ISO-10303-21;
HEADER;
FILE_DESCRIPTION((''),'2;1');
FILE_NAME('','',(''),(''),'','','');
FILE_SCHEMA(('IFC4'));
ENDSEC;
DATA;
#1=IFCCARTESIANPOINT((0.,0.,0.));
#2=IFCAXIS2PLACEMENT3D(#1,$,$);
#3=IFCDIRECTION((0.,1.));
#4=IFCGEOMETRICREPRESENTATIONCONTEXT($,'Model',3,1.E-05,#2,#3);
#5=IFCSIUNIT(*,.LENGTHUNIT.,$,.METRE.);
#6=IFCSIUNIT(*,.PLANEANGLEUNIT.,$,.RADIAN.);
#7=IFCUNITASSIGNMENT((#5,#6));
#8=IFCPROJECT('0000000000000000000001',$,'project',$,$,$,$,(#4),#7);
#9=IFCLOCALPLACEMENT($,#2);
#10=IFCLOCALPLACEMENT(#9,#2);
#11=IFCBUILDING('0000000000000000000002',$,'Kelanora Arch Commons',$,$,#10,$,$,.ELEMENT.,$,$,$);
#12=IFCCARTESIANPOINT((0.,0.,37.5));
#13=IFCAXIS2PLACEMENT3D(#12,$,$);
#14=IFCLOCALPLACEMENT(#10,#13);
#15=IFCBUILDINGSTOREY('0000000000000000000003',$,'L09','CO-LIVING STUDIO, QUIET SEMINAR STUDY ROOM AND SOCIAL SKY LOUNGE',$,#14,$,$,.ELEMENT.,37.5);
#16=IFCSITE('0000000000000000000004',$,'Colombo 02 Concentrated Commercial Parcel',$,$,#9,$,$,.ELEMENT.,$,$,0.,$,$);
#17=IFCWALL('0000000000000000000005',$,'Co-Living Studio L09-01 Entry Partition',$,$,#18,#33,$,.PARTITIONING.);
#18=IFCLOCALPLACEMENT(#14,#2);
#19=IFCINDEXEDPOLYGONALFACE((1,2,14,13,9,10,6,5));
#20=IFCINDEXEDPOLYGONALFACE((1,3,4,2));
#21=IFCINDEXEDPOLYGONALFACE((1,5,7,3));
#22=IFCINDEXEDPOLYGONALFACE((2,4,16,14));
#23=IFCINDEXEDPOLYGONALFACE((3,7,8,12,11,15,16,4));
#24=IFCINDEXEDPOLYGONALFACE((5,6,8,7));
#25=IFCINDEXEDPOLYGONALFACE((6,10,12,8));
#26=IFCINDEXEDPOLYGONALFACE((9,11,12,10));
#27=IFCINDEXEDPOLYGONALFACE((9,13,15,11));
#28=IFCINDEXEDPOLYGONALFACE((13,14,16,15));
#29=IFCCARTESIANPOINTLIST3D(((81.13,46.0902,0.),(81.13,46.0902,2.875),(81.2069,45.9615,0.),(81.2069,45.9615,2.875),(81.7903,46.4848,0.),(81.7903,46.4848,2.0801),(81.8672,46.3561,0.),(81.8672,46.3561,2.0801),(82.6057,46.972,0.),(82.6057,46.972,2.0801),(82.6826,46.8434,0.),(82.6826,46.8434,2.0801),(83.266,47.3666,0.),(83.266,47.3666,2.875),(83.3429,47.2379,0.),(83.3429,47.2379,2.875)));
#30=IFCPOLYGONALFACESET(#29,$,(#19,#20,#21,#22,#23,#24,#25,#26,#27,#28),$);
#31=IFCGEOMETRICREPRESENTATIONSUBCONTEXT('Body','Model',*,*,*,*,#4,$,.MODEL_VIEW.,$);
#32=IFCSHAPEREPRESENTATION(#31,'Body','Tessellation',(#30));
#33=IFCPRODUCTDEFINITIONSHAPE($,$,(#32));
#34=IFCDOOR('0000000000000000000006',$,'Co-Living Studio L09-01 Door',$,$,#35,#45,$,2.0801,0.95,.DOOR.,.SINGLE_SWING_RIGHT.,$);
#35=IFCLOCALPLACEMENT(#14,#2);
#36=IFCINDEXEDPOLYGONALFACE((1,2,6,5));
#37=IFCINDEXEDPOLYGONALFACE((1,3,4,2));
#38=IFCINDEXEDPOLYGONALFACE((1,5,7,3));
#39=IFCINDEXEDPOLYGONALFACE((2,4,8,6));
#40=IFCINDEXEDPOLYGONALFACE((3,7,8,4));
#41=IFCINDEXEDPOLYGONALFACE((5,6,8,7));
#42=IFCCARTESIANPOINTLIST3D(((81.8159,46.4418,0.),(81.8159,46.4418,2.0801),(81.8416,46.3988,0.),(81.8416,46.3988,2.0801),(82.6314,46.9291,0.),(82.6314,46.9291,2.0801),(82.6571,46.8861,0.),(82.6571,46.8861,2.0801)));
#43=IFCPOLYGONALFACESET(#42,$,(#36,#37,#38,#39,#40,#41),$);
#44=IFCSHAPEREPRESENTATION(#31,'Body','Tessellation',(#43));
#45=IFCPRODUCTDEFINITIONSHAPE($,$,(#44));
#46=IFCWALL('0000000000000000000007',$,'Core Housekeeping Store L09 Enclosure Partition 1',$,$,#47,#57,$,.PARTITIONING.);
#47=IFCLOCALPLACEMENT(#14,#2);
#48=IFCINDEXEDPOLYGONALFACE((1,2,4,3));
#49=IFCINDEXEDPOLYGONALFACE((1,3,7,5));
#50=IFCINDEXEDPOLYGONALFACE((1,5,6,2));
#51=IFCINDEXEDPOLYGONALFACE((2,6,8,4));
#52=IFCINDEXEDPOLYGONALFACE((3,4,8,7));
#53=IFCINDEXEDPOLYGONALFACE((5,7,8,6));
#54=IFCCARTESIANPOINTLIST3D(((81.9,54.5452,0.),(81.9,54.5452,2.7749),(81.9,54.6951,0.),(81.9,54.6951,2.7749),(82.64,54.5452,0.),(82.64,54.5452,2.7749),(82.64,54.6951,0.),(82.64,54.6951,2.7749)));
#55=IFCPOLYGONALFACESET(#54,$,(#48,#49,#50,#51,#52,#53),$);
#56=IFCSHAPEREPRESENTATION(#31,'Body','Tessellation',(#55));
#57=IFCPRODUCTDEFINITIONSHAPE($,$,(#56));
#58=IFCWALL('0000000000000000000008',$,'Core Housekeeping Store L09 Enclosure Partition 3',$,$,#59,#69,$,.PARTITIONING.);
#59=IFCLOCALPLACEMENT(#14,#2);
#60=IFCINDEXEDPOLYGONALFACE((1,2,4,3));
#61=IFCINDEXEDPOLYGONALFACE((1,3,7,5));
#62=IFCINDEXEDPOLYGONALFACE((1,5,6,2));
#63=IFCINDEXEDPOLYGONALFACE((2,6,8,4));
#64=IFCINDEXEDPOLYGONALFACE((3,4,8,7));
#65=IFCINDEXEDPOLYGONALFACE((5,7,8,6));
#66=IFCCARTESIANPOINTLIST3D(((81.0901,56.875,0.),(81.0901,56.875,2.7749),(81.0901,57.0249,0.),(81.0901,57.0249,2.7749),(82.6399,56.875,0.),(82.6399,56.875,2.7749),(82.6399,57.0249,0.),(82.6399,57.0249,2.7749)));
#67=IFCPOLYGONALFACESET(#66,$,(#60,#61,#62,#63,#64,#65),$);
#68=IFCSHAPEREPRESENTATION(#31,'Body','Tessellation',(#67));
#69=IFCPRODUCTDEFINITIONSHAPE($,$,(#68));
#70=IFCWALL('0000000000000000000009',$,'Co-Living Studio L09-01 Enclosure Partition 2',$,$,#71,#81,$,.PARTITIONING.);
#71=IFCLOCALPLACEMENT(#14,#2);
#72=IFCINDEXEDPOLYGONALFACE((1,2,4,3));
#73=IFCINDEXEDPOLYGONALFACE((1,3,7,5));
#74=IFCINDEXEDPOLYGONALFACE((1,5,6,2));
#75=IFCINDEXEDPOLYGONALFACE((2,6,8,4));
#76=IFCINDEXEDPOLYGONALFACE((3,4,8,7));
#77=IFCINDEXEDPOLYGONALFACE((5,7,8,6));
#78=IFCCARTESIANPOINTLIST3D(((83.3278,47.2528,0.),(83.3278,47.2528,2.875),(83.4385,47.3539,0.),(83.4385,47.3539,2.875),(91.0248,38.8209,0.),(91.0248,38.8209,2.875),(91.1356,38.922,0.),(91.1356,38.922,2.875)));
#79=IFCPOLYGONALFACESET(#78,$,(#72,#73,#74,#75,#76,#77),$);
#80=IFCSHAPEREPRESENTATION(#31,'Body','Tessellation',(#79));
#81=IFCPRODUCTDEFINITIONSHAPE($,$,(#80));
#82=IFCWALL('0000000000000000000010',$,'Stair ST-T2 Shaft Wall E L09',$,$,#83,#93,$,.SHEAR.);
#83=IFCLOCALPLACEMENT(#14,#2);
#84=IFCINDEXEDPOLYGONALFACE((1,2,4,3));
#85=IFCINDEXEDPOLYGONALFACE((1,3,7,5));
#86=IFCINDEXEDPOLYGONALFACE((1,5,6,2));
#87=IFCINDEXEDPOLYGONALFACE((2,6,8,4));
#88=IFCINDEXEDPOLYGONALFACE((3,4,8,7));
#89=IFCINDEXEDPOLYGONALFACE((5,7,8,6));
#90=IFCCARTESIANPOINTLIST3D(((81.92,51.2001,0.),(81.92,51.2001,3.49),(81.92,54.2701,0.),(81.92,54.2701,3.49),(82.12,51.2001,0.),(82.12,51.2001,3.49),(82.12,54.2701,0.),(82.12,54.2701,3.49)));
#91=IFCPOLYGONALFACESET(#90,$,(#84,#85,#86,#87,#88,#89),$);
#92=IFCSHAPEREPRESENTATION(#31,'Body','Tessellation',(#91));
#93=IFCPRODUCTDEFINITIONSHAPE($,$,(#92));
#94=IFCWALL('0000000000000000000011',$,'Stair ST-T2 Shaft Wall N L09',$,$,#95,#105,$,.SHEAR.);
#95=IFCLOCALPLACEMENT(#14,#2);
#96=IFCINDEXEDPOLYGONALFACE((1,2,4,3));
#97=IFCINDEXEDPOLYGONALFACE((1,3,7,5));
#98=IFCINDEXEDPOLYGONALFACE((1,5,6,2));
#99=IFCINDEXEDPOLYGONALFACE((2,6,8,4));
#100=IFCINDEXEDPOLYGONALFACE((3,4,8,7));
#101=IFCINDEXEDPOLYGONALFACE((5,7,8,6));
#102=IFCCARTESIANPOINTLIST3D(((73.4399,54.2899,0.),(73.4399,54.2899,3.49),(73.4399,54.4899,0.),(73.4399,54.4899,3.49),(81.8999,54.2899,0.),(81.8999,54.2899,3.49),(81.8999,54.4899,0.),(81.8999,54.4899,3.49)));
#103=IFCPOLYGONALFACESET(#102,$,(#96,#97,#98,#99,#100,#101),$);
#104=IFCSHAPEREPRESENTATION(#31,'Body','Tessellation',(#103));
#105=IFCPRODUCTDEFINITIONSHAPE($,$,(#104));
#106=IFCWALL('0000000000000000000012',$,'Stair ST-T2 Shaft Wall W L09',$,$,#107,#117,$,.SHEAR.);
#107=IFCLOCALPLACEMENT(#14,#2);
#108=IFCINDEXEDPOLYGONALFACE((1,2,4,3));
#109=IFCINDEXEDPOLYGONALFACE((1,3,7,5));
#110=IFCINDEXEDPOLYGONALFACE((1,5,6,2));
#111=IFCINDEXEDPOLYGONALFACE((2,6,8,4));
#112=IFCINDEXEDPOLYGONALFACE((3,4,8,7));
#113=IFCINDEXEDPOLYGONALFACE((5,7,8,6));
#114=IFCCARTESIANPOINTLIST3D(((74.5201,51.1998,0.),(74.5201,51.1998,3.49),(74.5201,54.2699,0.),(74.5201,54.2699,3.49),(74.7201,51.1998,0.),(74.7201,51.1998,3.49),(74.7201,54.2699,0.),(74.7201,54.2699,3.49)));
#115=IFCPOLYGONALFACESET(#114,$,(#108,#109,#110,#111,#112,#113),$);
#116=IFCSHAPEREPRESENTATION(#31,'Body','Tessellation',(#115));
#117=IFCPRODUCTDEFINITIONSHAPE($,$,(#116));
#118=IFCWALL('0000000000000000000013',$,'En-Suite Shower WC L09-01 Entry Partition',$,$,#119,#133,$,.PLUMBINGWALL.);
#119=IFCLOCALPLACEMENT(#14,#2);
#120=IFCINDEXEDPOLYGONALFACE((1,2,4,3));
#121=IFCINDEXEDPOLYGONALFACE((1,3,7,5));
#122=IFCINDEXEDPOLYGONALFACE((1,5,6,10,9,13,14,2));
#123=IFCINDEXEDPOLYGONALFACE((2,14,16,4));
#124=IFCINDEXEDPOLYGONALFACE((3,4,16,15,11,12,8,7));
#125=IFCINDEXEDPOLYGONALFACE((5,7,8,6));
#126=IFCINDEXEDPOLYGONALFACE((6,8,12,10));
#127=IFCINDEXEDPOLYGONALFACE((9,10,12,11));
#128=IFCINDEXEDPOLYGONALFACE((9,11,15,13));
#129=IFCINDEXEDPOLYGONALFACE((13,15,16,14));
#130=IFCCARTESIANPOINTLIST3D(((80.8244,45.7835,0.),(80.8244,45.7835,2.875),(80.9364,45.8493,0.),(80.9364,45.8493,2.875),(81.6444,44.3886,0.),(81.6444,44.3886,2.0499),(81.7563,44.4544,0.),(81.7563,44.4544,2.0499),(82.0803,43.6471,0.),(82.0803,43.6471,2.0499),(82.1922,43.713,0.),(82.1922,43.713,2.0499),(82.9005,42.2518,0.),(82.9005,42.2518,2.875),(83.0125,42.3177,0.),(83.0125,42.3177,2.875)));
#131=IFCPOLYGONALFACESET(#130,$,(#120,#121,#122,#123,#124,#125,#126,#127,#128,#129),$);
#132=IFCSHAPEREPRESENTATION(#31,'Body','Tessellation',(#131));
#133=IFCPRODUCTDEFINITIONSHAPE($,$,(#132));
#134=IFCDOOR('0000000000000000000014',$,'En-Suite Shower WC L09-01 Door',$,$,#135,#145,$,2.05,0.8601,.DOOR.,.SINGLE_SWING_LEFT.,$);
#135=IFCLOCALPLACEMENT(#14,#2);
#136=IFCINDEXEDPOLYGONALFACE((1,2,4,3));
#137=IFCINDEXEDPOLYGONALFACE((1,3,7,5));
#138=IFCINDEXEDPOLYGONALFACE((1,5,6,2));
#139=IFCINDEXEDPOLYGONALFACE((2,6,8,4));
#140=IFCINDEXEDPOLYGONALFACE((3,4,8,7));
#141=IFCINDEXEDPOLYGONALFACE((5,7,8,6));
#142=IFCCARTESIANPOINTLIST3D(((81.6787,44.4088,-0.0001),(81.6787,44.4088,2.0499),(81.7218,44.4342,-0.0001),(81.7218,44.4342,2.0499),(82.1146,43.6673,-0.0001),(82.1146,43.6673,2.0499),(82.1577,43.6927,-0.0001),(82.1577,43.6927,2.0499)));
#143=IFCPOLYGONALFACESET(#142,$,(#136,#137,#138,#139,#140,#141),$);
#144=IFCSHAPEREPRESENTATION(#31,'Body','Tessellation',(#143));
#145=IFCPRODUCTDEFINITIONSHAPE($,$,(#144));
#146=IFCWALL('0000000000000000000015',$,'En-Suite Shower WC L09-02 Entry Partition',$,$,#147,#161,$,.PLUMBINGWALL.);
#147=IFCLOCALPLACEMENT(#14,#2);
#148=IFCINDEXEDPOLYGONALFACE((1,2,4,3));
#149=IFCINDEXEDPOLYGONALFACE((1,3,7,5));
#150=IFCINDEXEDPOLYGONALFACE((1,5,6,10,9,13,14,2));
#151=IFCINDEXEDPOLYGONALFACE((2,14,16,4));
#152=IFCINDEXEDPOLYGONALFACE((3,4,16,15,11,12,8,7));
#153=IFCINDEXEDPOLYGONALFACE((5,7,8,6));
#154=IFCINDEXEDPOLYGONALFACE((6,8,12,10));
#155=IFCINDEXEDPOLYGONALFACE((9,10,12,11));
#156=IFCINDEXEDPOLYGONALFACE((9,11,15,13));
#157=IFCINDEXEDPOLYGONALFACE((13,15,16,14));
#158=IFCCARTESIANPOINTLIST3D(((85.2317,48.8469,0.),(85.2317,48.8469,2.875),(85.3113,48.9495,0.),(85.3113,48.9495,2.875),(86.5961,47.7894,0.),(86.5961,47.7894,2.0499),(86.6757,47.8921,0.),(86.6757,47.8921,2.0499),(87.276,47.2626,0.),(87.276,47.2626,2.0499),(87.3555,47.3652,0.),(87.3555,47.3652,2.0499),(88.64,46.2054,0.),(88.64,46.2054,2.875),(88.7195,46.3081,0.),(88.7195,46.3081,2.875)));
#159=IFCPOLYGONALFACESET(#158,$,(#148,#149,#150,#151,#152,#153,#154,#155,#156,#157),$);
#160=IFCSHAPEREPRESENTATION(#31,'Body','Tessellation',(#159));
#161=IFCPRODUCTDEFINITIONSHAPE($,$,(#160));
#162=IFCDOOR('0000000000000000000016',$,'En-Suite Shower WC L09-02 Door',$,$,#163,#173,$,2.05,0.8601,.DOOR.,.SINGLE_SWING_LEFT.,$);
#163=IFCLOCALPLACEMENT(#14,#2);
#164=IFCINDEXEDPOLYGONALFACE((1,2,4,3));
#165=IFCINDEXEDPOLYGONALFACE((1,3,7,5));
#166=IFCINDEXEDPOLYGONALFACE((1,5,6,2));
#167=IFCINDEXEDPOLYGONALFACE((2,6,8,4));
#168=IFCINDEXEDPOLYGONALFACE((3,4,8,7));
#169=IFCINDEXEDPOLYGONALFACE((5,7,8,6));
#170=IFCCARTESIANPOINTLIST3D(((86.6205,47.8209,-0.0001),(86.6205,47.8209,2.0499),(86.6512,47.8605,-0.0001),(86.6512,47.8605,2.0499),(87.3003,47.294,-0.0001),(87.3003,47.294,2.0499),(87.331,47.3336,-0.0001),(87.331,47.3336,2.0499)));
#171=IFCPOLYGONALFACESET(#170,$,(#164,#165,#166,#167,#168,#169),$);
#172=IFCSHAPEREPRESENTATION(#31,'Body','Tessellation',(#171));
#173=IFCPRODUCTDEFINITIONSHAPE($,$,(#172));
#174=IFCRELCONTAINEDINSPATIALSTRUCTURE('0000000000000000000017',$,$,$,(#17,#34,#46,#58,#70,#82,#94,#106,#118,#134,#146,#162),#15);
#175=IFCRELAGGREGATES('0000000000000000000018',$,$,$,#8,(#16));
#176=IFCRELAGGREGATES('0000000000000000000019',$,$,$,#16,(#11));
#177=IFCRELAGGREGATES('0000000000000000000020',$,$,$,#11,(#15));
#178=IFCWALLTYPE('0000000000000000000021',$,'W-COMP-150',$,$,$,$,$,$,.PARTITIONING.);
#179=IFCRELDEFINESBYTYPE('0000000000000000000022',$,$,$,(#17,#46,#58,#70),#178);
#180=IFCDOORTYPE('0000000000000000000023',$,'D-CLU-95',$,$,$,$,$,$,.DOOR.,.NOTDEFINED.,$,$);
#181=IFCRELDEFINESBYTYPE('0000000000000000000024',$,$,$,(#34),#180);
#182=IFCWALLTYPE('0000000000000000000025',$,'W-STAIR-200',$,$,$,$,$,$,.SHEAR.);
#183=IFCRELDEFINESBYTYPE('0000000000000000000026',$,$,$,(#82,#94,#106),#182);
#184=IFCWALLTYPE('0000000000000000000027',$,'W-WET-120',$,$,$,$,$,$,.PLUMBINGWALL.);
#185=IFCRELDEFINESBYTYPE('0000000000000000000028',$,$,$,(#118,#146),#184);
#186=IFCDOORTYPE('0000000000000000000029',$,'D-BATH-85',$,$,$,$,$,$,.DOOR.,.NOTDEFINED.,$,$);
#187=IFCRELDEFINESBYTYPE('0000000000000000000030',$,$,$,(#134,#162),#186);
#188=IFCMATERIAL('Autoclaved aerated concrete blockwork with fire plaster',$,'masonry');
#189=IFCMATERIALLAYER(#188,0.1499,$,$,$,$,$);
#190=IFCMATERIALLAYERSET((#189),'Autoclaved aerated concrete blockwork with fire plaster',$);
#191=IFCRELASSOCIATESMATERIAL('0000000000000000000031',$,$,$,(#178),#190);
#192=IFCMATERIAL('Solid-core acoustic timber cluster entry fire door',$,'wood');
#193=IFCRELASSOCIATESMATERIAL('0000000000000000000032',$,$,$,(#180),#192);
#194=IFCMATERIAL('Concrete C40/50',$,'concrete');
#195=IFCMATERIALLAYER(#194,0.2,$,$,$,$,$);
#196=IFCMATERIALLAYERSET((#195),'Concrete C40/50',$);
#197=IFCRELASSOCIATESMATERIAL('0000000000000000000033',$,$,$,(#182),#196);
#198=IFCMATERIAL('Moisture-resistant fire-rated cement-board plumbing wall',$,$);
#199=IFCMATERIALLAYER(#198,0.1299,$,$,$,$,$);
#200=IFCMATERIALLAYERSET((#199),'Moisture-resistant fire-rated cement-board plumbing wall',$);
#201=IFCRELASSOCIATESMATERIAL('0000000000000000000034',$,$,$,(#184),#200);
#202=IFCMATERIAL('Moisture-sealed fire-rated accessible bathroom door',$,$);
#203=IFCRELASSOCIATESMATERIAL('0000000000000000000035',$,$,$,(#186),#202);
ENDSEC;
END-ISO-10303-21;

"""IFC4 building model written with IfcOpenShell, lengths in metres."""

from ifc_helpers import new_model, si_unit, direction, frame, frame_2d, origin, place, context, subcontext, project, spatial, rectangle, extrude, material, layer, layer_set, type_object, element, fill, save


model = new_model("IFC4")

# Units and contexts
model_context = context("Model", 3, precision=1e-05, world=origin(), true_north=direction((0.0, 1.0)))
body_context = subcontext(model_context, "Body", "Model", "MODEL_VIEW")
ifc_project = project(units=[si_unit("LENGTHUNIT", "METRE"), si_unit("PLANEANGLEUNIT", "RADIAN")], contexts=[model_context])

# Site, building, storey
site_placement = place(None, origin())
site = spatial("IfcSite", under=ifc_project, at=site_placement, Name="Colombo 02 Concentrated Commercial Parcel", CompositionType="ELEMENT", RefElevation=0.0)
building_placement = place(site_placement, origin())
building = spatial("IfcBuilding", under=site, at=building_placement, Name="Kelanora Arch Commons", CompositionType="ELEMENT")
storey_placement = place(building_placement, frame((0.0, 0.0, 37.5)))
storey = spatial("IfcBuildingStorey", under=building, at=storey_placement, Name="L09", Description="CO-LIVING STUDIO, QUIET SEMINAR STUDY ROOM AND SOCIAL SKY LOUNGE", CompositionType="ELEMENT", Elevation=37.5)

# Shared definitions
ifc_material_1 = material(Name="Autoclaved aerated concrete blockwork with fire plaster", Category="masonry")
ifc_layer_1 = layer(ifc_material_1, 0.1499)
ifc_layer_set_1 = layer_set([ifc_layer_1], Name="Autoclaved aerated concrete blockwork with fire plaster")
wall_type_1 = type_object("IfcWallType", Name="W-COMP-150", PredefinedType="PARTITIONING", material=ifc_layer_set_1)

# Wall, opening, door
wall_1_placement = place(storey_placement, frame((81.1685, 46.0259, 0.0), z_axis=(0.0, 0.0, 1.0), x_axis=(0.858418, 0.512951, 0.0)))
wall_1 = element("IfcWall", 1, at=wall_1_placement, inside=storey, type_object=wall_type_1, Name="Co-Living Studio L09-01 Entry Partition", PredefinedType="PARTITIONING", context=body_context, shape_type="SweptSolid", body=[
    extrude(rectangle(XDim=2.4883, YDim=0.1499, at=frame_2d((1.2441, 0.0))), origin(), (0.0, 0.0, 1.0), 2.875),
])
opening_1_placement = place(wall_1_placement, frame((0.769, 0.0, 0.0)))
opening_1 = element("IfcOpeningElement", 2, at=opening_1_placement, cuts=wall_1, PredefinedType="OPENING", context=body_context, shape_type="SweptSolid", body=[
    extrude(rectangle(XDim=0.95, YDim=2.0801, at=frame_2d((0.4751, 1.04))), frame((0.0, 0.085, 0.0), z_axis=(0.0, -1.0, 0.0), x_axis=(1.0, 0.0, 0.0)), (0.0, 0.0, 1.0), 0.1699),
])
ifc_material_2 = material(Name="Solid-core acoustic timber cluster entry fire door", Category="wood")
door_type_1 = type_object("IfcDoorType", Name="D-CLU-95", OperationType="NOTDEFINED", PredefinedType="DOOR", material=ifc_material_2)
door_1_placement = place(opening_1_placement, origin())
door_1 = element("IfcDoor", 3, at=door_1_placement, inside=storey, type_object=door_type_1, Name="Co-Living Studio L09-01 Door", OperationType="SINGLE_SWING_RIGHT", OverallHeight=2.0801, OverallWidth=0.95, PredefinedType="DOOR", context=body_context, shape_type="SweptSolid", body=[
    extrude(rectangle(XDim=0.95, YDim=2.0801, at=frame_2d((0.4751, 1.04))), frame((0.0, 0.0249, 0.0), z_axis=(0.0, -1.0, 0.0), x_axis=(1.0, 0.0, 0.0)), (0.0, 0.0, 1.0), 0.05),
])
fill(opening_1, door_1)

# Walls
wall_2_placement = place(storey_placement, frame((81.8999, 54.6201, 0.0), z_axis=(0.0, 0.0, 1.0), x_axis=(1.0, 0.0, 0.0)))
element("IfcWall", 4, at=wall_2_placement, inside=storey, type_object=wall_type_1, Name="Core Housekeeping Store L09 Enclosure Partition 1", PredefinedType="PARTITIONING", context=body_context, shape_type="SweptSolid", body=[
    extrude(rectangle(XDim=0.74, YDim=0.1499, at=frame_2d((0.3701, 0.0))), origin(), (0.0, 0.0, 1.0), 2.7749),
])
wall_3_placement = place(storey_placement, frame((82.6399, 56.95, 0.0), z_axis=(0.0, 0.0, 1.0), x_axis=(-1.0, 0.0, 0.0)))
element("IfcWall", 5, at=wall_3_placement, inside=storey, type_object=wall_type_1, Name="Core Housekeeping Store L09 Enclosure Partition 3", PredefinedType="PARTITIONING", context=body_context, shape_type="SweptSolid", body=[
    extrude(rectangle(XDim=1.5498, YDim=0.1499, at=frame_2d((0.7749, 0.0))), origin(), (0.0, 0.0, 1.0), 2.7749),
])
wall_4_placement = place(storey_placement, frame((83.3831, 47.3035, 0.0), z_axis=(0.0, 0.0, 1.0), x_axis=(0.67419, -0.738558, 0.0)))
element("IfcWall", 6, at=wall_4_placement, inside=storey, type_object=wall_type_1, Name="Co-Living Studio L09-01 Enclosure Partition 2", PredefinedType="PARTITIONING", context=body_context, shape_type="SweptSolid", body=[
    extrude(rectangle(XDim=11.4167, YDim=0.1499, at=frame_2d((5.7085, 0.0))), origin(), (0.0, 0.0, 1.0), 2.875),
])
ifc_material_3 = material(Name="Concrete C40/50", Category="concrete")
ifc_layer_2 = layer(ifc_material_3, 0.2)
ifc_layer_set_2 = layer_set([ifc_layer_2], Name="Concrete C40/50")
wall_type_2 = type_object("IfcWallType", Name="W-STAIR-200", PredefinedType="SHEAR", material=ifc_layer_set_2)
wall_5_placement = place(storey_placement, frame((82.02, 51.2, 0.0), z_axis=(0.0, 0.0, 1.0), x_axis=(0.0, 1.0, 0.0)))
element("IfcWall", 7, at=wall_5_placement, inside=storey, type_object=wall_type_2, Name="Stair ST-T2 Shaft Wall E L09", PredefinedType="SHEAR", context=body_context, shape_type="SweptSolid", body=[
    extrude(rectangle(XDim=3.0701, YDim=0.2, at=frame_2d((1.5352, 0.0))), origin(), (0.0, 0.0, 1.0), 3.49),
])
wall_6_placement = place(storey_placement, frame((81.8999, 54.3899, 0.0), z_axis=(0.0, 0.0, 1.0), x_axis=(-1.0, 0.0, 0.0)))
element("IfcWall", 8, at=wall_6_placement, inside=storey, type_object=wall_type_2, Name="Stair ST-T2 Shaft Wall N L09", PredefinedType="SHEAR", context=body_context, shape_type="SweptSolid", body=[
    extrude(rectangle(XDim=8.46, YDim=0.2, at=frame_2d((4.23, 0.0))), origin(), (0.0, 0.0, 1.0), 3.49),
])
wall_7_placement = place(storey_placement, frame((74.6201, 54.27, 0.0), z_axis=(0.0, 0.0, 1.0), x_axis=(0.0, -1.0, 0.0)))
element("IfcWall", 9, at=wall_7_placement, inside=storey, type_object=wall_type_2, Name="Stair ST-T2 Shaft Wall W L09", PredefinedType="SHEAR", context=body_context, shape_type="SweptSolid", body=[
    extrude(rectangle(XDim=3.0701, YDim=0.2, at=frame_2d((1.5352, 0.0))), origin(), (0.0, 0.0, 1.0), 3.49),
])

# Walls, openings, doors
ifc_material_4 = material(Name="Moisture-resistant fire-rated cement-board plumbing wall")
ifc_layer_3 = layer(ifc_material_4, 0.1299)
ifc_layer_set_3 = layer_set([ifc_layer_3], Name="Moisture-resistant fire-rated cement-board plumbing wall")
wall_type_3 = type_object("IfcWallType", Name="W-WET-120", PredefinedType="PLUMBINGWALL", material=ifc_layer_set_3)
wall_8_placement = place(storey_placement, frame((80.8804, 45.8164, 0.0), z_axis=(0.0, 0.0, 1.0), x_axis=(0.506781, -0.862075, 0.0)))
wall_8 = element("IfcWall", 10, at=wall_8_placement, inside=storey, type_object=wall_type_3, Name="En-Suite Shower WC L09-01 Entry Partition", PredefinedType="PLUMBINGWALL", context=body_context, shape_type="SweptSolid", body=[
    extrude(rectangle(XDim=4.0967, YDim=0.1299, at=frame_2d((2.0483, 0.0))), origin(), (0.0, 0.0, 1.0), 2.875),
])
opening_2_placement = place(wall_8_placement, frame((1.6179, 0.0, 0.0)))
opening_2 = element("IfcOpeningElement", 11, at=opening_2_placement, cuts=wall_8, PredefinedType="OPENING", context=body_context, shape_type="SweptSolid", body=[
    extrude(rectangle(XDim=0.8601, YDim=2.05, at=frame_2d((0.4302, 1.0249))), frame((0.0, 0.075, 0.0), z_axis=(0.0, -1.0, 0.0), x_axis=(1.0, 0.0, 0.0)), (0.0, 0.0, 1.0), 0.1499),
])
ifc_material_5 = material(Name="Moisture-sealed fire-rated accessible bathroom door")
door_type_2 = type_object("IfcDoorType", Name="D-BATH-85", OperationType="NOTDEFINED", PredefinedType="DOOR", material=ifc_material_5)
door_2_placement = place(opening_2_placement, origin())
door_2 = element("IfcDoor", 12, at=door_2_placement, inside=storey, type_object=door_type_2, Name="En-Suite Shower WC L09-01 Door", OperationType="SINGLE_SWING_LEFT", OverallHeight=2.05, OverallWidth=0.8601, PredefinedType="DOOR", context=body_context, shape_type="SweptSolid", body=[
    extrude(rectangle(XDim=0.8601, YDim=2.05, at=frame_2d((0.4302, 1.0249))), frame((0.0, 0.0249, 0.0), z_axis=(0.0, -1.0, 0.0), x_axis=(1.0, 0.0, 0.0)), (0.0, 0.0, 1.0), 0.05),
])
fill(opening_2, door_2)
wall_9_placement = place(storey_placement, frame((85.2715, 48.8982, 0.0), z_axis=(0.0, 0.0, 1.0), x_axis=(0.790415, -0.612572, 0.0)))
wall_9 = element("IfcWall", 13, at=wall_9_placement, inside=storey, type_object=wall_type_3, Name="En-Suite Shower WC L09-02 Entry Partition", PredefinedType="PLUMBINGWALL", context=body_context, shape_type="SweptSolid", body=[
    extrude(rectangle(XDim=4.312, YDim=0.1299, at=frame_2d((2.156, 0.0))), origin(), (0.0, 0.0, 1.0), 2.875),
])
opening_3_placement = place(wall_9_placement, frame((1.7261, 0.0, 0.0)))
opening_3 = element("IfcOpeningElement", 14, at=opening_3_placement, cuts=wall_9, PredefinedType="OPENING", context=body_context, shape_type="SweptSolid", body=[
    extrude(rectangle(XDim=0.8601, YDim=2.05, at=frame_2d((0.4302, 1.0249))), frame((0.0, 0.075, 0.0), z_axis=(0.0, -1.0, 0.0), x_axis=(1.0, 0.0, 0.0)), (0.0, 0.0, 1.0), 0.1499),
])
door_3_placement = place(opening_3_placement, origin())
door_3 = element("IfcDoor", 15, at=door_3_placement, inside=storey, type_object=door_type_2, Name="En-Suite Shower WC L09-02 Door", OperationType="SINGLE_SWING_LEFT", OverallHeight=2.05, OverallWidth=0.8601, PredefinedType="DOOR", context=body_context, shape_type="SweptSolid", body=[
    extrude(rectangle(XDim=0.8601, YDim=2.05, at=frame_2d((0.4302, 1.0249))), frame((0.0, 0.0249, 0.0), z_axis=(0.0, -1.0, 0.0), x_axis=(1.0, 0.0, 0.0)), (0.0, 0.0, 1.0), 0.05),
])
fill(opening_3, door_3)

save(model, "model.ifc")
